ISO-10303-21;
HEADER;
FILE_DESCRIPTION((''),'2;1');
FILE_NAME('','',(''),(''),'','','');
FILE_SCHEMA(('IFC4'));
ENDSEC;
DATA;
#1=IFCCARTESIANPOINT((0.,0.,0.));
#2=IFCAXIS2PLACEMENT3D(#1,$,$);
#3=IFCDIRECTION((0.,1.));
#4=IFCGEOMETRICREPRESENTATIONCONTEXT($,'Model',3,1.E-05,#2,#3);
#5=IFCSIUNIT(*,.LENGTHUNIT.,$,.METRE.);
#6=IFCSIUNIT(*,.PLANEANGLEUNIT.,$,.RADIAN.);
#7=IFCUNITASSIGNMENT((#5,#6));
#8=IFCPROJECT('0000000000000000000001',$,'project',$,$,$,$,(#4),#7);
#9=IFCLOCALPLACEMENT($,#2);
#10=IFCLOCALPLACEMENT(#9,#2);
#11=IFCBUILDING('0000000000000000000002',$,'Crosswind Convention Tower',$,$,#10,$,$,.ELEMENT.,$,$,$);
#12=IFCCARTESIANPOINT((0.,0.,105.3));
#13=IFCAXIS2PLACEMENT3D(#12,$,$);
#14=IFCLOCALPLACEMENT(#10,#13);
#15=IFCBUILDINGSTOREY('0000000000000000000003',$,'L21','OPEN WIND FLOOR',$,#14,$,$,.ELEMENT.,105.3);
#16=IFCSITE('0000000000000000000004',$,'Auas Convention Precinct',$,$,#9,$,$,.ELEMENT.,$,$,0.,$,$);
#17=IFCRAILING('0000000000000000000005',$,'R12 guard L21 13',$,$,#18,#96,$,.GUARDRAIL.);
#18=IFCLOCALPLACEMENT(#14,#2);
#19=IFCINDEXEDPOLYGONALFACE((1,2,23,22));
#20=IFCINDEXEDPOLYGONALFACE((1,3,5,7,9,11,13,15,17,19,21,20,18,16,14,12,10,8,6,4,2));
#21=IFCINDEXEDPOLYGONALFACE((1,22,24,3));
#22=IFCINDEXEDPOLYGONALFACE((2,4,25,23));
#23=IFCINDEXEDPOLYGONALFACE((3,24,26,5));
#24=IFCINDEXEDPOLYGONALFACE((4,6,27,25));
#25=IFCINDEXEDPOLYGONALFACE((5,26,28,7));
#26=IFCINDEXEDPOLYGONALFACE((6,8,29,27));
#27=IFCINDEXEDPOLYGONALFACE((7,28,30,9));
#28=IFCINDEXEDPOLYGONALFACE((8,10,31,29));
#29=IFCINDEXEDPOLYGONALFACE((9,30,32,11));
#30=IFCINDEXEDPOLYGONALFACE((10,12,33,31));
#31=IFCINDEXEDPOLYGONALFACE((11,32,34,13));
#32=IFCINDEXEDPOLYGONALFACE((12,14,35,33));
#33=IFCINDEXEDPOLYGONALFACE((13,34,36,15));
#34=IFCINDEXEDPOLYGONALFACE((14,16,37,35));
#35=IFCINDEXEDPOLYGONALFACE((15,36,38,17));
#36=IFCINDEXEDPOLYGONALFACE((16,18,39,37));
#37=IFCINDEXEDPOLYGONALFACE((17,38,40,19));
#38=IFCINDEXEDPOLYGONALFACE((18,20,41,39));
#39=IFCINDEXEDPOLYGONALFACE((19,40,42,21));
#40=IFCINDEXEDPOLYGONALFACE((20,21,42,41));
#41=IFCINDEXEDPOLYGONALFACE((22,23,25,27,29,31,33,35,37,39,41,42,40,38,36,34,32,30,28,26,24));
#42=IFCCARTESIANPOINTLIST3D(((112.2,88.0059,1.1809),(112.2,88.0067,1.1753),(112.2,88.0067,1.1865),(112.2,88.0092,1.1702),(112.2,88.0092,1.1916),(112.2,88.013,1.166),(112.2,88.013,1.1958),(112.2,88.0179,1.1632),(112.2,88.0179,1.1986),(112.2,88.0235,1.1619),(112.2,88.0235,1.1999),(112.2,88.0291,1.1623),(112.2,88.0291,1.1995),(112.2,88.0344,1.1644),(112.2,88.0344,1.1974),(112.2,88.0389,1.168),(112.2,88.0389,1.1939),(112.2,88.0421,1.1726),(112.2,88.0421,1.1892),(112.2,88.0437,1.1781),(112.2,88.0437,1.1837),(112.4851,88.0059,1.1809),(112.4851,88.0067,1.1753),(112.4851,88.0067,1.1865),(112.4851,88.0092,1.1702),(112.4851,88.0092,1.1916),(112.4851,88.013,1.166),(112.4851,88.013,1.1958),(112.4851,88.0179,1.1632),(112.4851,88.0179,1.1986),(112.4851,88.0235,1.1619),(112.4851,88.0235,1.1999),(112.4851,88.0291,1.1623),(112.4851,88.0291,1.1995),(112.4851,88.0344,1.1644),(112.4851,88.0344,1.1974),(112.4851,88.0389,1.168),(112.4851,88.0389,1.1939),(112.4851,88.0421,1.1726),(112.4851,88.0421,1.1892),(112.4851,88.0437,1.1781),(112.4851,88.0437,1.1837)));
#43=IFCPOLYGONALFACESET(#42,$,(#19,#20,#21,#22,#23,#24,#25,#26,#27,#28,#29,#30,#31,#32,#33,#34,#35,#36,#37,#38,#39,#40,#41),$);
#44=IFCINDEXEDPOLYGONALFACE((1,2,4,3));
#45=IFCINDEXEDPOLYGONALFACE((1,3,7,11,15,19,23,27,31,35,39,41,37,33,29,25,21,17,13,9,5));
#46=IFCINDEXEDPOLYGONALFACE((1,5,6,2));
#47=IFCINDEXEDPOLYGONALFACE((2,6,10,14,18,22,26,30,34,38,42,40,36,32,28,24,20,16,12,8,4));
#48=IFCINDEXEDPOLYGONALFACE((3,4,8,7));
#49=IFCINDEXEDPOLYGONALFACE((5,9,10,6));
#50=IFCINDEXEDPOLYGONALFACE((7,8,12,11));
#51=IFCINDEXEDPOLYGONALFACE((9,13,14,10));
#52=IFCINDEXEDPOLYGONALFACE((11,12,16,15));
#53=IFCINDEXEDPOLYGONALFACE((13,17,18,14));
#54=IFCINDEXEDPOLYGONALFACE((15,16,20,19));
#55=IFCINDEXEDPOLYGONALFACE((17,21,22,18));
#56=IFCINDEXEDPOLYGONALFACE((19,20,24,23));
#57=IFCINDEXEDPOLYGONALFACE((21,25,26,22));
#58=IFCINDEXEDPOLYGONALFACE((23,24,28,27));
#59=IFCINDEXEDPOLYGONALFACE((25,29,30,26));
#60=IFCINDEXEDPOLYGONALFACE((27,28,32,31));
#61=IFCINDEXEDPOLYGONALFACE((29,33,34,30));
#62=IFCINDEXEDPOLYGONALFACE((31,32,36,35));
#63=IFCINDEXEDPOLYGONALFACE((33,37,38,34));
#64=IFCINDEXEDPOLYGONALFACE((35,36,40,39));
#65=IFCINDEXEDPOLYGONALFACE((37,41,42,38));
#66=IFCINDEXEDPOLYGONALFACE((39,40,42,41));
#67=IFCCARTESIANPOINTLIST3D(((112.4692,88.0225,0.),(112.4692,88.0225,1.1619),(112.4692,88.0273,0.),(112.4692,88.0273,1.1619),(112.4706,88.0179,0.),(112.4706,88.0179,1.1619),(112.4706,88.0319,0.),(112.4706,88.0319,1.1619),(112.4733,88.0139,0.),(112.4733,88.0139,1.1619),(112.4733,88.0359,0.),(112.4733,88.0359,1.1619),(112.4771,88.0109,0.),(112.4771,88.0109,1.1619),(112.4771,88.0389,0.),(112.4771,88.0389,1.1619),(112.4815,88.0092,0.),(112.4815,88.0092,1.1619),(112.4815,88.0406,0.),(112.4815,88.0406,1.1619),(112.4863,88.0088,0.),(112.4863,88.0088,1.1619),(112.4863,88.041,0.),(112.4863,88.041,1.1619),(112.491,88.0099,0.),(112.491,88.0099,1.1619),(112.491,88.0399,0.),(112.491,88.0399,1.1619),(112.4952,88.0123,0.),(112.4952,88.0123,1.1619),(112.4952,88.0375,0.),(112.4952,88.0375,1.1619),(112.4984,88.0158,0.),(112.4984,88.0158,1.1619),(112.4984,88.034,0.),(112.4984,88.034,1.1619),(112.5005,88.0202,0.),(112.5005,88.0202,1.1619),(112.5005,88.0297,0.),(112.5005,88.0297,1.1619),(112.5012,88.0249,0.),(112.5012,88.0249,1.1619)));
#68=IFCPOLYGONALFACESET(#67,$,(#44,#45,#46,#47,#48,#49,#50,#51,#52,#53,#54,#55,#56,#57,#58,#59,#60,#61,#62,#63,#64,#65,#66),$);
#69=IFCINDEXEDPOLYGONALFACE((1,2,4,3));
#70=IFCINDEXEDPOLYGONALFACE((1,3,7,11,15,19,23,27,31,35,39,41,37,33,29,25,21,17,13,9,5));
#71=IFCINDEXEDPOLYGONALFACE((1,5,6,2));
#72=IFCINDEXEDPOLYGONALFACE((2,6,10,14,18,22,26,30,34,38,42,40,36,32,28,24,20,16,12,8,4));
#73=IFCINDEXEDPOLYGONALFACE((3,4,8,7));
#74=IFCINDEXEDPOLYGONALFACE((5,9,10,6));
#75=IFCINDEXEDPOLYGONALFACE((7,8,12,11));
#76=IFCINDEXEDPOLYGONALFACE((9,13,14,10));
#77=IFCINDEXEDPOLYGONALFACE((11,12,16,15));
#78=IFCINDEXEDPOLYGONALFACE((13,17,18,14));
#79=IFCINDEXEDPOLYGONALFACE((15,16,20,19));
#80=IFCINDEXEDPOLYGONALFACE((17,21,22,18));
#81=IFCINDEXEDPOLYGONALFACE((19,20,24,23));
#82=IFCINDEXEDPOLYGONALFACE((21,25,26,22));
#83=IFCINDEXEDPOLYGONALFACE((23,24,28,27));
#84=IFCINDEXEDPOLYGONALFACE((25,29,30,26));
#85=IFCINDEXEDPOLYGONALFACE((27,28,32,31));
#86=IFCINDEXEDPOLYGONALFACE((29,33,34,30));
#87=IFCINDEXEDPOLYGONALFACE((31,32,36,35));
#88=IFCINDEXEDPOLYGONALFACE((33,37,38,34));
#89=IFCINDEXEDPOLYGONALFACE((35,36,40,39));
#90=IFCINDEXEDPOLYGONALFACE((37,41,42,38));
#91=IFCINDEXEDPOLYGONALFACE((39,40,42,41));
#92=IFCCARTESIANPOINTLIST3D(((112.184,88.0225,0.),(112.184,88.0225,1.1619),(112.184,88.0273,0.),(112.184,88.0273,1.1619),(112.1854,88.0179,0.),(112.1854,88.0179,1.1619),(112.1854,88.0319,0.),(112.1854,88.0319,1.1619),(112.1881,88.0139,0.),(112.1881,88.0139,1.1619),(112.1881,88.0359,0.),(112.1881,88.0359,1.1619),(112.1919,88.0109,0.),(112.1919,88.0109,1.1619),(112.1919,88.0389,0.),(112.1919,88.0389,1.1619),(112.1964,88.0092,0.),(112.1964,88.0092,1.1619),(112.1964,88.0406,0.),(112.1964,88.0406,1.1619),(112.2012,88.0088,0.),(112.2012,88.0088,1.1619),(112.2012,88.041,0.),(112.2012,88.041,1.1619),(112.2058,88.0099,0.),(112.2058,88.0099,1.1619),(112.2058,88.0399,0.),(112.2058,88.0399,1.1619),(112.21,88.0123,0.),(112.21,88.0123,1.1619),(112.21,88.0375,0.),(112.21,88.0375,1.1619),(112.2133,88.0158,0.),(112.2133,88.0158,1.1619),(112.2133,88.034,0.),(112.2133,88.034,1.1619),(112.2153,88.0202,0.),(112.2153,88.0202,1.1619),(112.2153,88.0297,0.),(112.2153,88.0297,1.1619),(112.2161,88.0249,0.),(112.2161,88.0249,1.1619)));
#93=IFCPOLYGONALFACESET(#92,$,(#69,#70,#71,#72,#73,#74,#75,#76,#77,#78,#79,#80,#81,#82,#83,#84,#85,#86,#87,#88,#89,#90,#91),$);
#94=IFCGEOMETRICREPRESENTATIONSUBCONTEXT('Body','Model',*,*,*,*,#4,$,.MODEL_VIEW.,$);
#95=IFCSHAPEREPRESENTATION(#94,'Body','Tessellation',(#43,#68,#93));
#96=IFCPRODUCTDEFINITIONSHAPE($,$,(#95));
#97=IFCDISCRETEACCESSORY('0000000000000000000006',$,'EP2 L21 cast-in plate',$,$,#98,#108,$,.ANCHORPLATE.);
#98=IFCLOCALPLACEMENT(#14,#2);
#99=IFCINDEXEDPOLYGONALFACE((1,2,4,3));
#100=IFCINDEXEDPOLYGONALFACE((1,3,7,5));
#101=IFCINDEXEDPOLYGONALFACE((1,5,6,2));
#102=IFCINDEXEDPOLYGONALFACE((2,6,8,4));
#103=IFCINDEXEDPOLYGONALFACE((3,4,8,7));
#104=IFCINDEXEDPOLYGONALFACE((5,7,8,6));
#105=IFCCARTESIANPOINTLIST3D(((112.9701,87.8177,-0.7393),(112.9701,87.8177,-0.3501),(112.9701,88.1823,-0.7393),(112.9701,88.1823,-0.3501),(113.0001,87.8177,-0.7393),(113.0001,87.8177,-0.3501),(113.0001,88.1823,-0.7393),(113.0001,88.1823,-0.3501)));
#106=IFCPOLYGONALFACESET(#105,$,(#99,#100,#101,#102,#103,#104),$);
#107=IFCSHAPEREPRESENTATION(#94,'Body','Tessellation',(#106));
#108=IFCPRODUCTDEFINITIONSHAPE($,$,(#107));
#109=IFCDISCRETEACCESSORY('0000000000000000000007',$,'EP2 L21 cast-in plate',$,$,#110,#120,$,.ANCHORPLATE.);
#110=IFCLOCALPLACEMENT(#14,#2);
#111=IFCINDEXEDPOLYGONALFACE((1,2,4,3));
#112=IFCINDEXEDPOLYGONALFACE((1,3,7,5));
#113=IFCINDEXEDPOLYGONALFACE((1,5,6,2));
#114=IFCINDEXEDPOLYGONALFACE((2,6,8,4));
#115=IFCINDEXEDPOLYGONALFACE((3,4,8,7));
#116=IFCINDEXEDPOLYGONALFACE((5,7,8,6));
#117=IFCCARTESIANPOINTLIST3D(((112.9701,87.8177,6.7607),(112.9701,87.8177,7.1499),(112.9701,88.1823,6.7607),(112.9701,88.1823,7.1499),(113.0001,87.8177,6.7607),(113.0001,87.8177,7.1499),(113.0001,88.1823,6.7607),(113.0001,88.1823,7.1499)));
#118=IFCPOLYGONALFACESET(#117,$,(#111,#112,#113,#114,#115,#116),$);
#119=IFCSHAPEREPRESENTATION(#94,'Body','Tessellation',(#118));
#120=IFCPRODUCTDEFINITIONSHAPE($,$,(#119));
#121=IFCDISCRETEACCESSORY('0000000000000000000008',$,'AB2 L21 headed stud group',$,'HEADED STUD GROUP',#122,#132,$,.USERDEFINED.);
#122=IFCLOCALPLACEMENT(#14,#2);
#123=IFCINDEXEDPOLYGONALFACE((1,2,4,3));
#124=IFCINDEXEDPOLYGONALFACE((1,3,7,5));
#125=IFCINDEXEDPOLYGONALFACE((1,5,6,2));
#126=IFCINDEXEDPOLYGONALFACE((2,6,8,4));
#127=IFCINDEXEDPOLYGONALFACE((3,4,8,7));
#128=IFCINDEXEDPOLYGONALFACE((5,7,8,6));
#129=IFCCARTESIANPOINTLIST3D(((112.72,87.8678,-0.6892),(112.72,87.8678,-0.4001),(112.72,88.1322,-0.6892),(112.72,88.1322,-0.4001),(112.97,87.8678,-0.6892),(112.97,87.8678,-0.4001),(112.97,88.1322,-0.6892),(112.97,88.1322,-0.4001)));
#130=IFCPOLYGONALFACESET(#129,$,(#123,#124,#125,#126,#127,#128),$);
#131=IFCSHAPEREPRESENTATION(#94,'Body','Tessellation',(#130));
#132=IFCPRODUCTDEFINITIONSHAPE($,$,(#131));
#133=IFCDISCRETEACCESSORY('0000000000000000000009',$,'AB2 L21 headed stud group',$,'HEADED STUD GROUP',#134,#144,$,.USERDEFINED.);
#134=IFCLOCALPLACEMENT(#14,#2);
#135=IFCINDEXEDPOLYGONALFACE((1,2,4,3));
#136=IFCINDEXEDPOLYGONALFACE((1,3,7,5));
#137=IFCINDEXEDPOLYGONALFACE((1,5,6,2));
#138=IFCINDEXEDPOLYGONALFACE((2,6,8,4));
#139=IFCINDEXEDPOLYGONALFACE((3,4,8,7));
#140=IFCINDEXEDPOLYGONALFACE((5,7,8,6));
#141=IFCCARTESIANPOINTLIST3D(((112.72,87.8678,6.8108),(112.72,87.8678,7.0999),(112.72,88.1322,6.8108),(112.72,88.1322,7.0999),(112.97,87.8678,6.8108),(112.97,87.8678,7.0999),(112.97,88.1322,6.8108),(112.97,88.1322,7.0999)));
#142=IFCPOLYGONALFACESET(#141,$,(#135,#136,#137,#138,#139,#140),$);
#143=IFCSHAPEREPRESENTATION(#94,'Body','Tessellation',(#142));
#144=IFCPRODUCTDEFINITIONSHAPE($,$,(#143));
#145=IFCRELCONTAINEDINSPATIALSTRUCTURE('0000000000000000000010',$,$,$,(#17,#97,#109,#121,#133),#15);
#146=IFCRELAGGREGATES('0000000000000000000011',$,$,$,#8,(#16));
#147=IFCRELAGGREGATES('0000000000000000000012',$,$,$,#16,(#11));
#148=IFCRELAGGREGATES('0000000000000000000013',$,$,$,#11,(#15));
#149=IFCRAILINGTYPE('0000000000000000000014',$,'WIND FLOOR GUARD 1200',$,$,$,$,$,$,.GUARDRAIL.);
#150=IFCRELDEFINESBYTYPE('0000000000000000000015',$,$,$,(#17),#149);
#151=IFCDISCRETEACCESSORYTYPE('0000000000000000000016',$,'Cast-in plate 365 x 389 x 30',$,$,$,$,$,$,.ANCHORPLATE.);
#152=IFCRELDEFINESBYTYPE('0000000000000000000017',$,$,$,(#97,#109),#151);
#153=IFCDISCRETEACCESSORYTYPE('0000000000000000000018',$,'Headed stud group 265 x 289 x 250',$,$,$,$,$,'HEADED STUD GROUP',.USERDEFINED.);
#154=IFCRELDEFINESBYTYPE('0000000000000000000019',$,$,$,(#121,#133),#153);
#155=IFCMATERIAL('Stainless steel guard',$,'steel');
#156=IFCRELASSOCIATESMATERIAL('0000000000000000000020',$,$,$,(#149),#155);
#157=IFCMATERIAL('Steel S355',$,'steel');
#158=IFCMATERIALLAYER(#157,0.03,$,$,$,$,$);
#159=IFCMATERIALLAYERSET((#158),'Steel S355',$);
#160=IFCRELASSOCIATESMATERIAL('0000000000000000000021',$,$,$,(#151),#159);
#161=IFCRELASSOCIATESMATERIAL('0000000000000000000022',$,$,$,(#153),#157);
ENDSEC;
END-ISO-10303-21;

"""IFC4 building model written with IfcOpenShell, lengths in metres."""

from ifc_helpers import new_model, si_unit, direction, frame, origin, origin_2d, place, context, subcontext, project, spatial, rectangle, circle, extrude, material, layer, layer_set, type_object, element, save


model = new_model("IFC4")

# Units and contexts
model_context = context("Model", 3, precision=1e-05, world=origin(), true_north=direction((0.0, 1.0)))
body_context = subcontext(model_context, "Body", "Model", "MODEL_VIEW")
ifc_project = project(units=[si_unit("LENGTHUNIT", "METRE"), si_unit("PLANEANGLEUNIT", "RADIAN")], contexts=[model_context])

# Site, building, storey
site_placement = place(None, origin())
site = spatial("IfcSite", under=ifc_project, at=site_placement, Name="Auas Convention Precinct", CompositionType="ELEMENT", RefElevation=0.0)
building_placement = place(site_placement, origin())
building = spatial("IfcBuilding", under=site, at=building_placement, Name="Crosswind Convention Tower", CompositionType="ELEMENT")
storey_placement = place(building_placement, frame((0.0, 0.0, 105.3)))
storey = spatial("IfcBuildingStorey", under=building, at=storey_placement, Name="L21", Description="OPEN WIND FLOOR", CompositionType="ELEMENT", Elevation=105.3)

# Shared definitions
ifc_material_1 = material(Name="Steel S355", Category="steel")

# Railing
ifc_material_2 = material(Name="Stainless steel guard", Category="steel")
railing_type_1 = type_object("IfcRailingType", Name="WIND FLOOR GUARD 1200", PredefinedType="GUARDRAIL", material=ifc_material_2)
railing_1_placement = place(storey_placement, frame((112.4851, 88.0249, 0.0)))
element("IfcRailing", 1, at=railing_1_placement, inside=storey, type_object=railing_type_1, Name="R12 guard L21 13", PredefinedType="GUARDRAIL", context=body_context, shape_type="SweptSolid", body=[
    extrude(circle(Radius=0.019, at=origin_2d()), frame((0.0, 0.0, 1.1809), z_axis=(-1.0, 0.0, 0.0), x_axis=(0.0, -1.0, 0.0)), (0.0, 0.0, 1.0), 0.2852),
    extrude(circle(Radius=0.0161, at=origin_2d()), origin(), (0.0, 0.0, 1.0), 1.1619),
    extrude(circle(Radius=0.0161, at=origin_2d()), frame((-0.2852, 0.0, 0.0)), (0.0, 0.0, 1.0), 1.1619),
])

# Discrete accessories
ifc_layer_1 = layer(ifc_material_1, 0.03)
ifc_layer_set_1 = layer_set([ifc_layer_1], Name="Steel S355")
discrete_accessory_type_1 = type_object("IfcDiscreteAccessoryType", Name="Cast-in plate 365 x 389 x 30", PredefinedType="ANCHORPLATE", material=ifc_layer_set_1)
for number, where, z_axis, x_axis, name in (
    (2, (112.9851, 88.0, -0.7393), (0.0, 0.0, 1.0), (1.0, 0.0, 0.0), "EP2 L21 cast-in plate"),
    (3, (112.9851, 88.0, 6.7607), (0.0, 0.0, 1.0), (1.0, 0.0, 0.0), "EP2 L21 cast-in plate"),
):
    element("IfcDiscreteAccessory", number, at=place(storey_placement, frame(where, z_axis=z_axis, x_axis=x_axis)), inside=storey, type_object=discrete_accessory_type_1, Name=name, PredefinedType="ANCHORPLATE", context=body_context, shape_type="SweptSolid", body=[
        extrude(rectangle(XDim=0.03, YDim=0.3645, at=origin_2d()), origin(), (0.0, 0.0, 1.0), 0.3892),
    ])
discrete_accessory_type_2 = type_object("IfcDiscreteAccessoryType", Name="Headed stud group 265 x 289 x 250", ElementType="HEADED STUD GROUP", PredefinedType="USERDEFINED", material=ifc_material_1)
for number, where, z_axis, x_axis, name in (
    (4, (112.845, 88.0, -0.6892), (0.0, 0.0, 1.0), (1.0, 0.0, 0.0), "AB2 L21 headed stud group"),
    (5, (112.845, 88.0, 6.8108), (0.0, 0.0, 1.0), (1.0, 0.0, 0.0), "AB2 L21 headed stud group"),
):
    element("IfcDiscreteAccessory", number, at=place(storey_placement, frame(where, z_axis=z_axis, x_axis=x_axis)), inside=storey, type_object=discrete_accessory_type_2, Name=name, ObjectType="HEADED STUD GROUP", PredefinedType="USERDEFINED", context=body_context, shape_type="SweptSolid", body=[
        extrude(rectangle(XDim=0.25, YDim=0.2644, at=origin_2d()), origin(), (0.0, 0.0, 1.0), 0.2891),
    ])

save(model, "model.ifc")
